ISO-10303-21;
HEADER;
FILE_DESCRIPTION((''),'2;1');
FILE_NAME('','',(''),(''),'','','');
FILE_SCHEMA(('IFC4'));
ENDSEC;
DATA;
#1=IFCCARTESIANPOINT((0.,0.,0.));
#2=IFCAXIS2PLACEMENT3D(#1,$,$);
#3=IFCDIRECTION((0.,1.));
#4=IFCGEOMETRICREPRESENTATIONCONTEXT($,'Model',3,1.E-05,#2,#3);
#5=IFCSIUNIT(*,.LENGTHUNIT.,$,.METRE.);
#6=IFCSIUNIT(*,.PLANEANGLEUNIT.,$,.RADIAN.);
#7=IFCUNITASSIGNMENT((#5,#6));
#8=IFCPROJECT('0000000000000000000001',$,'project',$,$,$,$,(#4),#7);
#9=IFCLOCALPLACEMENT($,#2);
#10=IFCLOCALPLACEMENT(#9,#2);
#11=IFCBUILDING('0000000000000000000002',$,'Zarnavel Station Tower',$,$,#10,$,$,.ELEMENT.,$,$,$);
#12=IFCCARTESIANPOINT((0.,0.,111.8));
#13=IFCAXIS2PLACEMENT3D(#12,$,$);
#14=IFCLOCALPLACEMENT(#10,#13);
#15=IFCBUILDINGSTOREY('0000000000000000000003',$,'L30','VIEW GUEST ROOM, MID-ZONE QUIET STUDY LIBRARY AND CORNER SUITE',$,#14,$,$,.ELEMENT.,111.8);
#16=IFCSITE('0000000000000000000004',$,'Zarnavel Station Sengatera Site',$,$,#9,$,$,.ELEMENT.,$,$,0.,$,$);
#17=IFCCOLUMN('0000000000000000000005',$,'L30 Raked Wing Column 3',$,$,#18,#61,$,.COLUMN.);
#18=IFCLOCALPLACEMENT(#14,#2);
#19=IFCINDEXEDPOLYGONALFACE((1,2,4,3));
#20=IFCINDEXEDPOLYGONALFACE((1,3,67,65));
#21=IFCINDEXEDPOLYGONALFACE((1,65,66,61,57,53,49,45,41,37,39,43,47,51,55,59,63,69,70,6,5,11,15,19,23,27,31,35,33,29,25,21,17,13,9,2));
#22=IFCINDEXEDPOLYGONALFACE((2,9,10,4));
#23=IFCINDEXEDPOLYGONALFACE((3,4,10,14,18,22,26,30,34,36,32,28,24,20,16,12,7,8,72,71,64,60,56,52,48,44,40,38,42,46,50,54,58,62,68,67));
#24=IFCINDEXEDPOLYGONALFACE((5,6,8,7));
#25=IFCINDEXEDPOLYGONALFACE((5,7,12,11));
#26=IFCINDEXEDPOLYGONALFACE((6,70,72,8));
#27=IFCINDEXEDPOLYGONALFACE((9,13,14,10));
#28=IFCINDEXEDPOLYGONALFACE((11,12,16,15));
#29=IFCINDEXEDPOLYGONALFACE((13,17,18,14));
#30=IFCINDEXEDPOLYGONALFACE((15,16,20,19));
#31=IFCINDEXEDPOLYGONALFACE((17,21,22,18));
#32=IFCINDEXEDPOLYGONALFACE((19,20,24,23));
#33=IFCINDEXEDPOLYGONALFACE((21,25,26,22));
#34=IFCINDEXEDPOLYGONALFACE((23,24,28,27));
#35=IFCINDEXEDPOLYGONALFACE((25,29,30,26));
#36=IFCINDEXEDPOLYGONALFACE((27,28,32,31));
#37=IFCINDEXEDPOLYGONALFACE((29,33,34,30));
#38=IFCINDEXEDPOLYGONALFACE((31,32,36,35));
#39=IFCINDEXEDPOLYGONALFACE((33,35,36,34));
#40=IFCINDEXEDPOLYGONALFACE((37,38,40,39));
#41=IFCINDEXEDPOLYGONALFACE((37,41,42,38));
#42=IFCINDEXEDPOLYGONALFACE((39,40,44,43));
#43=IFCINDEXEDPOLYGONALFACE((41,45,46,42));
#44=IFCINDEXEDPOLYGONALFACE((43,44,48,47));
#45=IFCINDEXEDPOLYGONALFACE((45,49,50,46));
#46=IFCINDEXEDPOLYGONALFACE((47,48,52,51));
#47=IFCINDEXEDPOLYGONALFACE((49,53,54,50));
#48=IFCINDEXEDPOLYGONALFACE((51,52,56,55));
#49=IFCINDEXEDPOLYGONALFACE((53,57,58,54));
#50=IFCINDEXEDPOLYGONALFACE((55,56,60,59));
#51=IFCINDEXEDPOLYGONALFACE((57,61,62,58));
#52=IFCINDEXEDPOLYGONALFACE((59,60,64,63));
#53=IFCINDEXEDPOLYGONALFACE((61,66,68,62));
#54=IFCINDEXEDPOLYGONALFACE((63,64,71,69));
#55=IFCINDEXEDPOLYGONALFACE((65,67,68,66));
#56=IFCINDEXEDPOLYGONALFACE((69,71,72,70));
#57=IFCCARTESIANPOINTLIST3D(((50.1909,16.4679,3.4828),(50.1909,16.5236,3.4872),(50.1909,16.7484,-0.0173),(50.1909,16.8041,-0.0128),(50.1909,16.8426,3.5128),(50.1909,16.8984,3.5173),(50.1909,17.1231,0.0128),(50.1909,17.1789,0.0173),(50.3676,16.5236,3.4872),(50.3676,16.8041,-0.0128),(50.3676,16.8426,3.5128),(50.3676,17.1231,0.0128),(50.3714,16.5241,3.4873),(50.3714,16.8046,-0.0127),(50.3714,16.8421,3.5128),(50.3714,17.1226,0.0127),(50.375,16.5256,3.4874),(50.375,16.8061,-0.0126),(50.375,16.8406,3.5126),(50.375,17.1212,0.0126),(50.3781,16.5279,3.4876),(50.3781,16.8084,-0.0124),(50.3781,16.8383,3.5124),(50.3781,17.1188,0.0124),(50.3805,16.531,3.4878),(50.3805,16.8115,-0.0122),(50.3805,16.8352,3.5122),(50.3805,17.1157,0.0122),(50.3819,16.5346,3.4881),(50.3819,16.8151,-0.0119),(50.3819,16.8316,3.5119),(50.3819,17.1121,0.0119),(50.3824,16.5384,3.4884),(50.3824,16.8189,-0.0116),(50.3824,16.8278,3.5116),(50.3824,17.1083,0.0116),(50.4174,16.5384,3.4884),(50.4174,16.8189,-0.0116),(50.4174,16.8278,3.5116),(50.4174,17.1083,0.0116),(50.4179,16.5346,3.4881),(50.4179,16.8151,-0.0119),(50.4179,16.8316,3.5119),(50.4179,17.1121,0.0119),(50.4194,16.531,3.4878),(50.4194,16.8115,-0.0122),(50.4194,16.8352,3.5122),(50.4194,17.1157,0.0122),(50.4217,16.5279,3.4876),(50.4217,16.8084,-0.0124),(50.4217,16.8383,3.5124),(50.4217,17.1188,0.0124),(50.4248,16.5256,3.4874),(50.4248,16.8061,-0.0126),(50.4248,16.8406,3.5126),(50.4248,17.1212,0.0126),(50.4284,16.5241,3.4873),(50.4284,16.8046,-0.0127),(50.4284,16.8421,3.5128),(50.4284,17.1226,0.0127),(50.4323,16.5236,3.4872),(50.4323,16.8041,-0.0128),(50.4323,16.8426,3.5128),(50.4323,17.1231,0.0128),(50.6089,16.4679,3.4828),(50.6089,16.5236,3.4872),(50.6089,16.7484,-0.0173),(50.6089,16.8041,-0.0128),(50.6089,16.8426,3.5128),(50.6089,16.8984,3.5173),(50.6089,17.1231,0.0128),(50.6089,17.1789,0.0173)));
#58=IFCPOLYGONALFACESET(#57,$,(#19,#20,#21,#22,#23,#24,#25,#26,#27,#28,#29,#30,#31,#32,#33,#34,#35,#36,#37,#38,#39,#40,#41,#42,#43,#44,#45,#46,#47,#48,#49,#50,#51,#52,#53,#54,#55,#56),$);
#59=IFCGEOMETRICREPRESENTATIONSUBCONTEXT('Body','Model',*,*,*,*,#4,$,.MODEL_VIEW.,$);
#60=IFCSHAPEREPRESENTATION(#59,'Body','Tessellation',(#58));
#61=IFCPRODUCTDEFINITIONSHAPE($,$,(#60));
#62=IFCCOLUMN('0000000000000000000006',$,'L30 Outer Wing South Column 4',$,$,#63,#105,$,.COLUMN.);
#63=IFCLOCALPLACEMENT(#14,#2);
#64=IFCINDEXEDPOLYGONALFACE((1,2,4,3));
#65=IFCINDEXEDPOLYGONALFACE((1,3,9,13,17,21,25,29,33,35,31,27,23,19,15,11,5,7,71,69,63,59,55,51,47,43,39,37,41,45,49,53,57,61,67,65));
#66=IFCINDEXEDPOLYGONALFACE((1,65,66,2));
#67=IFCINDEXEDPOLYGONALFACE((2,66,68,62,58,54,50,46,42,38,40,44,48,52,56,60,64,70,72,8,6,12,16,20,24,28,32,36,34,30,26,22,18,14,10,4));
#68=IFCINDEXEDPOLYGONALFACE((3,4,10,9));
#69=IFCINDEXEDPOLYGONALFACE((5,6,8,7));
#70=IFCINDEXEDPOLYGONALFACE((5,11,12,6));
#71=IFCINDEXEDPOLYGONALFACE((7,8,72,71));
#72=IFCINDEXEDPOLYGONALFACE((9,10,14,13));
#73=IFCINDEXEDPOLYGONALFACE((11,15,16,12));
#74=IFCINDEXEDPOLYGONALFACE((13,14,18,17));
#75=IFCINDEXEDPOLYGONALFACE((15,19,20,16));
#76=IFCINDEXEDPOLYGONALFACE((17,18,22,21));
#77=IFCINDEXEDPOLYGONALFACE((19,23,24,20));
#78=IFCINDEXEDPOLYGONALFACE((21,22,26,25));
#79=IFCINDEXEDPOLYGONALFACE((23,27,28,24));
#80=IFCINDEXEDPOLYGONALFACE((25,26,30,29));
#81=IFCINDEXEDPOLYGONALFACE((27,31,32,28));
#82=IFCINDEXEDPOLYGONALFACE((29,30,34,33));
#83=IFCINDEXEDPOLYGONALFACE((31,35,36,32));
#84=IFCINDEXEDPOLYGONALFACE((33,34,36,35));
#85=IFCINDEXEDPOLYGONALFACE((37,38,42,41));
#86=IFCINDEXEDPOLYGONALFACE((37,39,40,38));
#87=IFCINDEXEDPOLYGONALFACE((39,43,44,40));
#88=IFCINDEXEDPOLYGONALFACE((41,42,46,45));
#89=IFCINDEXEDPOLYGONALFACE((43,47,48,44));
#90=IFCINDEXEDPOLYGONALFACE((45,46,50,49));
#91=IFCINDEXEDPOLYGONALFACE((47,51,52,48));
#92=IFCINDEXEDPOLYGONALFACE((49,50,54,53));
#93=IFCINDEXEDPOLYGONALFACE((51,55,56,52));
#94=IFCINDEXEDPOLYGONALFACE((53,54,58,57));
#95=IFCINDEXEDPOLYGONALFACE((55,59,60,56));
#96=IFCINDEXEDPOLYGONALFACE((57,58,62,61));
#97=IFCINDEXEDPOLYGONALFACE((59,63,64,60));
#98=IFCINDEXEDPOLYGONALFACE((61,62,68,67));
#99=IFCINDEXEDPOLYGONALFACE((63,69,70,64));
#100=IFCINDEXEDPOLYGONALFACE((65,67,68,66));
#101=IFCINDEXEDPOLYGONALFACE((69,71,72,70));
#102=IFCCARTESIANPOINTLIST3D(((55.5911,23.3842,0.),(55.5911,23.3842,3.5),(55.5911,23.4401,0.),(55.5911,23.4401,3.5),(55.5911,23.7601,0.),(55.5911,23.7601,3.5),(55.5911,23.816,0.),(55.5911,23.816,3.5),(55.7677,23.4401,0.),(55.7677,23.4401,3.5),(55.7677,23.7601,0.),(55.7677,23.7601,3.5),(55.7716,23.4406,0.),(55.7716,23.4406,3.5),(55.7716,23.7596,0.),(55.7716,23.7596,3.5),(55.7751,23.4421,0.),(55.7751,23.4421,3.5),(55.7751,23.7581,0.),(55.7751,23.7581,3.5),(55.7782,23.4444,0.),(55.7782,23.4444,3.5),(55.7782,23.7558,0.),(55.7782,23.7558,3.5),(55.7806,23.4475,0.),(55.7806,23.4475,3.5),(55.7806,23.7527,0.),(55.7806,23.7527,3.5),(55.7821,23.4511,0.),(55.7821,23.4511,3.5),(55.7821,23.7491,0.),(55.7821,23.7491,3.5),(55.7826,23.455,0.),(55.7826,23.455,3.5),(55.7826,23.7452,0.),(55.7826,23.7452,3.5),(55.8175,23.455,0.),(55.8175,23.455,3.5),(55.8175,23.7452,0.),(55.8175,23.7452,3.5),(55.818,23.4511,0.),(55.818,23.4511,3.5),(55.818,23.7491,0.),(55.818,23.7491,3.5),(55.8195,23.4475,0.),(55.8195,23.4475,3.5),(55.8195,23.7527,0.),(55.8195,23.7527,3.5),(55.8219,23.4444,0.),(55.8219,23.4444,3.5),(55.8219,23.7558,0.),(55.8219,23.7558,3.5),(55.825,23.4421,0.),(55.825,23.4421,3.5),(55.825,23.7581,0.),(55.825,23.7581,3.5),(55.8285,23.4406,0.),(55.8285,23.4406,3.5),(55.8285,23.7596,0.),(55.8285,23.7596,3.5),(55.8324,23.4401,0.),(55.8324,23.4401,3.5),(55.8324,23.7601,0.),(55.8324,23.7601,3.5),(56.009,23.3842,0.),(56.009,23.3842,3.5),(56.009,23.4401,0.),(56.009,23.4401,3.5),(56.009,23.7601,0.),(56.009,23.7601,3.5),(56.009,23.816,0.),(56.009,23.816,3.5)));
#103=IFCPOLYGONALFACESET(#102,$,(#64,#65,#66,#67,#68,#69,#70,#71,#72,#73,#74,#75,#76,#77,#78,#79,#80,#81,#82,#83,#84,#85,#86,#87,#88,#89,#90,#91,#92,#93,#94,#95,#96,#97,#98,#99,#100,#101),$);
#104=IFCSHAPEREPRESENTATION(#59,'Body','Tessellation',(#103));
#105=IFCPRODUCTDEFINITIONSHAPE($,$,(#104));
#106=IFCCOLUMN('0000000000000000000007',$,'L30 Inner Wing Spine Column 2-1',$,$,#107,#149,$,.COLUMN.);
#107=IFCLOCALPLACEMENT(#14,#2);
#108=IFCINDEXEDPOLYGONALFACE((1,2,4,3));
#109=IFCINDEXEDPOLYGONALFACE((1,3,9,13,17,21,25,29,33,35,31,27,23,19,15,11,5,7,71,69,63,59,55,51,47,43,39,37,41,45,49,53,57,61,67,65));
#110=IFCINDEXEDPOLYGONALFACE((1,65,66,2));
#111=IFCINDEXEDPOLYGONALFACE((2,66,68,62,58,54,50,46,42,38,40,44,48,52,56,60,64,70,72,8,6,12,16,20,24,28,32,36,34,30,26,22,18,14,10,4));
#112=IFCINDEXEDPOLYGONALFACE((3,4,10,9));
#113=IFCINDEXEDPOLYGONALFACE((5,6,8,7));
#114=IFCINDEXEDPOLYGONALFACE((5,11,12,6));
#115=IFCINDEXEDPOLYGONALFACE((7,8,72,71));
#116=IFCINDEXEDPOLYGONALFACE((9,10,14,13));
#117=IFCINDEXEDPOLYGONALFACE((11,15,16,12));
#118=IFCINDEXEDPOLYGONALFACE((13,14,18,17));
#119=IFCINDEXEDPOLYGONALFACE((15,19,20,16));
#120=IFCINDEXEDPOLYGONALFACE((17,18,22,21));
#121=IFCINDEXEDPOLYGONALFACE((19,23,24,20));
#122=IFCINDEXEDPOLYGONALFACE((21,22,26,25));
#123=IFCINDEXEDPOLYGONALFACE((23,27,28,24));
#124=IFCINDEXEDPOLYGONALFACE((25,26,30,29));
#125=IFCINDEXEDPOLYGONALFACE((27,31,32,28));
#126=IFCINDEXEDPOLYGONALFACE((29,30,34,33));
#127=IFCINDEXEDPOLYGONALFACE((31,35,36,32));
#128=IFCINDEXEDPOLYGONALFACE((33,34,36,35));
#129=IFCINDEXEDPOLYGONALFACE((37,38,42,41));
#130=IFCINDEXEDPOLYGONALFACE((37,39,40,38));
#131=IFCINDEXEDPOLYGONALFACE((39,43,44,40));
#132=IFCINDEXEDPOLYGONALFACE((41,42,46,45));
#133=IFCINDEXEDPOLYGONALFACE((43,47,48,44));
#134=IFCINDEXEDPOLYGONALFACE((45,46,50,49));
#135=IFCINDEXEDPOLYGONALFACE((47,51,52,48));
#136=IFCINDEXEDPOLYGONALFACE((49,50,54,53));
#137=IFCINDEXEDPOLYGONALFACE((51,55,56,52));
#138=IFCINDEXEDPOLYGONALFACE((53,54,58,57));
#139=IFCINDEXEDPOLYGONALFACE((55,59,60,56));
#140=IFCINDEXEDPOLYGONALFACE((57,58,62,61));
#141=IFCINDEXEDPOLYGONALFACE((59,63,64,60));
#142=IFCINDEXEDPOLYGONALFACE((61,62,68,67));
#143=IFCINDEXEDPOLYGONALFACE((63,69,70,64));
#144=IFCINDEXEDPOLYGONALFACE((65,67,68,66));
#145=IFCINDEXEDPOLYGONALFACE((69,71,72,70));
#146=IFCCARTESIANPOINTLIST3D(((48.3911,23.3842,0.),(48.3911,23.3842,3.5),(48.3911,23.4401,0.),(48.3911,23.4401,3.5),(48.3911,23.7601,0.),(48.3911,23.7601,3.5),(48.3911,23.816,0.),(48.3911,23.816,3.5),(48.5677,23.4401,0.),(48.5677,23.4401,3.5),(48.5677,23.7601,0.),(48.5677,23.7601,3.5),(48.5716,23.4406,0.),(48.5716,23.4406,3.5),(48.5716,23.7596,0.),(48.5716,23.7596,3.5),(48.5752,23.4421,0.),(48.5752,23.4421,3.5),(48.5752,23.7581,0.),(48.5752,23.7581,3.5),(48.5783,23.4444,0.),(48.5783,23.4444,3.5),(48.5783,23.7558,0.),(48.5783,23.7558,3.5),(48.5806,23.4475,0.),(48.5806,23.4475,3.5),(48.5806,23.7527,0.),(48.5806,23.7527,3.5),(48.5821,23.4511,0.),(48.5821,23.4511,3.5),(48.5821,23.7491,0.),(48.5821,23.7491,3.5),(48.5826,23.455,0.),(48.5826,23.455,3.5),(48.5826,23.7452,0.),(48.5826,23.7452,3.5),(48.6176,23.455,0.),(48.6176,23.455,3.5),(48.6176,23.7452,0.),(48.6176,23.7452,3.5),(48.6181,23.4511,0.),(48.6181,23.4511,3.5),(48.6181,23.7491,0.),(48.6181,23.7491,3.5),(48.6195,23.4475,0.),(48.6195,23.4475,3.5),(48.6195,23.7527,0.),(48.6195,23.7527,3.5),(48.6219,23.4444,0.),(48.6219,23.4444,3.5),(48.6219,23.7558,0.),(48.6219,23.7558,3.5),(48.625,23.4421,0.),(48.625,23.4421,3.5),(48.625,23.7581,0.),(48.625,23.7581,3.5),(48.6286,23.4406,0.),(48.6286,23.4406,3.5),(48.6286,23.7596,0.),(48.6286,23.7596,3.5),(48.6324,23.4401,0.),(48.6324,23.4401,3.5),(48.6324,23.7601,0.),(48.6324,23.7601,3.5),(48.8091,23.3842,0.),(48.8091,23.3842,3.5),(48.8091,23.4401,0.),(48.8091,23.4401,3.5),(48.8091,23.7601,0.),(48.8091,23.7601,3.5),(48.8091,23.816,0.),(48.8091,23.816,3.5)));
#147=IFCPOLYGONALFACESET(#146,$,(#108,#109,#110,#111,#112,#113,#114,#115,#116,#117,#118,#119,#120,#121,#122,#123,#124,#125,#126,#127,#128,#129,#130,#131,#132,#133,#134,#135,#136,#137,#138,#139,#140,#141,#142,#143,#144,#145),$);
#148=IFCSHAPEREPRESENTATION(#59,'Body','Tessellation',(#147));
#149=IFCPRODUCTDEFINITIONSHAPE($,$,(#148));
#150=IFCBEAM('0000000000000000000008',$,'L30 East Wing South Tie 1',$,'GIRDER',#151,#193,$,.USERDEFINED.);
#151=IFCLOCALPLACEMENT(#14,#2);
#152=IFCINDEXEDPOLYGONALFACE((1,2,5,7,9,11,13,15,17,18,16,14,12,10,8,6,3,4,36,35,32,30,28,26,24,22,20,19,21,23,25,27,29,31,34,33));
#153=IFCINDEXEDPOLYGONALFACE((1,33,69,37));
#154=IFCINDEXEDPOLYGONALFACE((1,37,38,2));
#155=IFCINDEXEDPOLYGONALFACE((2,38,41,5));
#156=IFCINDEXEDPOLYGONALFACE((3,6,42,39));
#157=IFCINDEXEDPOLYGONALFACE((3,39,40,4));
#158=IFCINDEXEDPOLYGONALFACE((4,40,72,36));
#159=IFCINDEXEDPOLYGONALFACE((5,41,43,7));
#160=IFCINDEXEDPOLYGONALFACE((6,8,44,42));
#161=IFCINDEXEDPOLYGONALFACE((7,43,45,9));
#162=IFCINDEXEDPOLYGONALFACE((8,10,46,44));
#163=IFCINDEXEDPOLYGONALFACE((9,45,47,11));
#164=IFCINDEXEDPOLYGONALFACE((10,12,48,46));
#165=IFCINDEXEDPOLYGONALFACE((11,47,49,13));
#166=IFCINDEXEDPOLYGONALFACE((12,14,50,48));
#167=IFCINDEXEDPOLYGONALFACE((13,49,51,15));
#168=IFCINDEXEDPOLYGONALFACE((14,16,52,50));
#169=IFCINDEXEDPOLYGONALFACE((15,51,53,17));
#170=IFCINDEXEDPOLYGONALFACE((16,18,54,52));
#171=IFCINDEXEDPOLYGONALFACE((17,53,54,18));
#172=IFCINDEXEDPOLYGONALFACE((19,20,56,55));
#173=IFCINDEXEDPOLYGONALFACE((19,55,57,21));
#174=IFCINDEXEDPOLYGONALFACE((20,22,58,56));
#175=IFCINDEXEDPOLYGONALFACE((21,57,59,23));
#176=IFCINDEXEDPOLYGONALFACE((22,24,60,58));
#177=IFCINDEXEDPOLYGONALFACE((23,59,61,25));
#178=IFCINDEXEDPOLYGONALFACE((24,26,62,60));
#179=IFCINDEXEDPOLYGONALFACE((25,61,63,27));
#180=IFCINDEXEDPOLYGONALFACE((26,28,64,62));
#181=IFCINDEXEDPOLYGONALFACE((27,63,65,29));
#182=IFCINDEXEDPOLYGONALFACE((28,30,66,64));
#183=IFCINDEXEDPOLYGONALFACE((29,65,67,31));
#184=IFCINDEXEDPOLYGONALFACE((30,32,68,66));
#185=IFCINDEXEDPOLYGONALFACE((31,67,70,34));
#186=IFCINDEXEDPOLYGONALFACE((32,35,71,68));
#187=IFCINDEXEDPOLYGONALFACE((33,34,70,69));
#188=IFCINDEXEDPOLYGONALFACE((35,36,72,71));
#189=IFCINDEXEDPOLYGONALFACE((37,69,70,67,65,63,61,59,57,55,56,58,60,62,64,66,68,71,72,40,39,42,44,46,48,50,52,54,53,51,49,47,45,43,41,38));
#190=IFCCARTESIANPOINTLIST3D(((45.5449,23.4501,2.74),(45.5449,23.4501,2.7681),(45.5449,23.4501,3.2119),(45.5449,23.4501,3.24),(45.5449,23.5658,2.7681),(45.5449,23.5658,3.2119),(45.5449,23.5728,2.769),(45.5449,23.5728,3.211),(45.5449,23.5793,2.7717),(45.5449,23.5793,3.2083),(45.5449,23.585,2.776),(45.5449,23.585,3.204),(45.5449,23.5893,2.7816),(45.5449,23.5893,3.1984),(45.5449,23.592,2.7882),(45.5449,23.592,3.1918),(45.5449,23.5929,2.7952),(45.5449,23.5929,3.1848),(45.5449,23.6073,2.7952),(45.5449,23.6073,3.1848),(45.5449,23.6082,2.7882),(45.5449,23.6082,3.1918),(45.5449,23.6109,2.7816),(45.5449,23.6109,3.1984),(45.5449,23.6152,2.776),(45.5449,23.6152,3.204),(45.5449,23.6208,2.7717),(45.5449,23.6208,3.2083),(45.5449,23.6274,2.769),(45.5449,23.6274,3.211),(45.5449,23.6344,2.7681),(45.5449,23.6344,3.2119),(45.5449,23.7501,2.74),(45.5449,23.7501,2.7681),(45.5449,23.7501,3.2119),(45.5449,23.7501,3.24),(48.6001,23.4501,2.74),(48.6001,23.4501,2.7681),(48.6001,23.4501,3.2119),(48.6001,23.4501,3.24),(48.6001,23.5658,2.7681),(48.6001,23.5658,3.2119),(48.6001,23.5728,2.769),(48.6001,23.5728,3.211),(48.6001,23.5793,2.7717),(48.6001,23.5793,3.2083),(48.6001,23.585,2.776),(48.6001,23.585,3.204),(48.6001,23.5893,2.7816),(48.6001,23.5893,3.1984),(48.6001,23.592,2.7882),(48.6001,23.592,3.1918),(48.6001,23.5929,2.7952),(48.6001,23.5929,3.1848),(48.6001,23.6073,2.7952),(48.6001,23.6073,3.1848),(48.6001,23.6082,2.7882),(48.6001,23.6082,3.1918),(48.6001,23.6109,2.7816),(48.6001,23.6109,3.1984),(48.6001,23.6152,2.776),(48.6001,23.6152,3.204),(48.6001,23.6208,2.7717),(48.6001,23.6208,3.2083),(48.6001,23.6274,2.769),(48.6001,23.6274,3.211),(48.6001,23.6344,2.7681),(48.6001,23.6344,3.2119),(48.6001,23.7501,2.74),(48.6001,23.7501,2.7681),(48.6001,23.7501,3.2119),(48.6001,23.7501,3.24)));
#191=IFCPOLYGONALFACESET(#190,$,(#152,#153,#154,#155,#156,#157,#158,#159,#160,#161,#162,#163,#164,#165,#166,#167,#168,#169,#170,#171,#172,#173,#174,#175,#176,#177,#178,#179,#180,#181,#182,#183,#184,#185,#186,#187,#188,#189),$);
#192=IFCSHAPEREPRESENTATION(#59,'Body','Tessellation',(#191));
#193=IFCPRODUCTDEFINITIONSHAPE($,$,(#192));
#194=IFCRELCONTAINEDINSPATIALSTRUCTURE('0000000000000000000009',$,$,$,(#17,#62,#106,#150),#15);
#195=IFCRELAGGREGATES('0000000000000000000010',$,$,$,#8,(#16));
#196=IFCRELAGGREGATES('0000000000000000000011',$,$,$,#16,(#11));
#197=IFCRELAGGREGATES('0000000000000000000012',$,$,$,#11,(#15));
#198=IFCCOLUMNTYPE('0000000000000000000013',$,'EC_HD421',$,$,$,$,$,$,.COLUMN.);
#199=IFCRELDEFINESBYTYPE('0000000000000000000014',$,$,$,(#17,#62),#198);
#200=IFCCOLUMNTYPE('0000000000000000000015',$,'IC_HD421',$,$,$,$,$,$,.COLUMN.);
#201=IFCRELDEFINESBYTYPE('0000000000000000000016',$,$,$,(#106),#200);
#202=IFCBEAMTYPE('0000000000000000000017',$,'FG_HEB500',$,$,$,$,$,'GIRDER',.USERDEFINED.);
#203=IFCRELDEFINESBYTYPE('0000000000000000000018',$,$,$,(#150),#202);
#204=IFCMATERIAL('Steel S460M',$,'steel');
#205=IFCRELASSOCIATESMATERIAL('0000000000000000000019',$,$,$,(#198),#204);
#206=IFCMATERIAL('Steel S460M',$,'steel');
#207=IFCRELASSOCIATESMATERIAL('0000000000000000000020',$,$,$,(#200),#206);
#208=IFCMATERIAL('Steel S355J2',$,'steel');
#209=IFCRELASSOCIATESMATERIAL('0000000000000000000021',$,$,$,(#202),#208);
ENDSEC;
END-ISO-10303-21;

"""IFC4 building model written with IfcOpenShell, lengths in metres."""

from ifc_helpers import new_model, si_unit, direction, frame, origin, origin_2d, place, context, subcontext, project, spatial, i_section, extrude, material, material_profile, profile_set, type_object, element, save


model = new_model("IFC4")

# Units and contexts
model_context = context("Model", 3, precision=1e-05, world=origin(), true_north=direction((0.0, 1.0)))
body_context = subcontext(model_context, "Body", "Model", "MODEL_VIEW")
ifc_project = project(units=[si_unit("LENGTHUNIT", "METRE"), si_unit("PLANEANGLEUNIT", "RADIAN")], contexts=[model_context])

# Site, building, storey
site_placement = place(None, origin())
site = spatial("IfcSite", under=ifc_project, at=site_placement, Name="Zarnavel Station Sengatera Site", CompositionType="ELEMENT", RefElevation=0.0)
building_placement = place(site_placement, origin())
building = spatial("IfcBuilding", under=site, at=building_placement, Name="Zarnavel Station Tower", CompositionType="ELEMENT")
storey_placement = place(building_placement, frame((0.0, 0.0, 111.8)))
storey = spatial("IfcBuildingStorey", under=building, at=storey_placement, Name="L30", Description="VIEW GUEST ROOM, MID-ZONE QUIET STUDY LIBRARY AND CORNER SUITE", CompositionType="ELEMENT", Elevation=111.8)

# Columns
ifc_material_1 = material(Name="Steel S460M", Category="steel")
ifc_material_profile_1 = material_profile(ifc_material_1, i_section(OverallWidth=0.418, OverallDepth=0.4319, WebThickness=0.0349, FlangeThickness=0.0559, FilletRadius=0.0149, at=origin_2d()), Name="HD400x421")
ifc_profile_set_1 = profile_set([ifc_material_profile_1], Name="Steel S460M")
column_type_1 = type_object("IfcColumnType", Name="EC_HD421", PredefinedType="COLUMN", material=ifc_profile_set_1)
column_1_placement = place(storey_placement, frame((50.3999, 16.9636, 0.0), z_axis=(0.0, -0.079892, 0.996804), x_axis=(1.0, 0.0, 0.0)))
element("IfcColumn", 1, at=column_1_placement, inside=storey, type_object=column_type_1, Name="L30 Raked Wing Column 3", PredefinedType="COLUMN", context=body_context, shape_type="SweptSolid", body=[
    extrude(i_section(OverallWidth=0.418, OverallDepth=0.4319, WebThickness=0.0349, FlangeThickness=0.0559, FilletRadius=0.0149, at=origin_2d()), origin(), (0.0, 0.0, 1.0), 3.5112),
])
column_2_placement = place(storey_placement, frame((55.8, 23.6001, 0.0), z_axis=(0.0, 0.0, 1.0), x_axis=(1.0, 0.0, 0.0)))
element("IfcColumn", 2, at=column_2_placement, inside=storey, type_object=column_type_1, Name="L30 Outer Wing South Column 4", PredefinedType="COLUMN", context=body_context, shape_type="SweptSolid", body=[
    extrude(i_section(OverallWidth=0.418, OverallDepth=0.4319, WebThickness=0.0349, FlangeThickness=0.0559, FilletRadius=0.0149, at=origin_2d()), origin(), (0.0, 0.0, 1.0), 3.5),
])
ifc_material_2 = material(Name="Steel S460M", Category="steel")
ifc_material_profile_2 = material_profile(ifc_material_2, i_section(OverallWidth=0.418, OverallDepth=0.4319, WebThickness=0.0349, FlangeThickness=0.0559, FilletRadius=0.0149, at=origin_2d()), Name="HD400x421")
ifc_profile_set_2 = profile_set([ifc_material_profile_2], Name="Steel S460M")
column_type_2 = type_object("IfcColumnType", Name="IC_HD421", PredefinedType="COLUMN", material=ifc_profile_set_2)
column_3_placement = place(storey_placement, frame((48.6001, 23.6001, 0.0), z_axis=(0.0, 0.0, 1.0), x_axis=(1.0, 0.0, 0.0)))
element("IfcColumn", 3, at=column_3_placement, inside=storey, type_object=column_type_2, Name="L30 Inner Wing Spine Column 2-1", PredefinedType="COLUMN", context=body_context, shape_type="SweptSolid", body=[
    extrude(i_section(OverallWidth=0.418, OverallDepth=0.4319, WebThickness=0.0349, FlangeThickness=0.0559, FilletRadius=0.0149, at=origin_2d()), origin(), (0.0, 0.0, 1.0), 3.5),
])

# Beam
ifc_material_3 = material(Name="Steel S355J2", Category="steel")
ifc_material_profile_3 = material_profile(ifc_material_3, i_section(OverallWidth=0.3, OverallDepth=0.5, WebThickness=0.0144, FlangeThickness=0.0281, FilletRadius=0.0271, at=origin_2d()), Name="HEB500")
ifc_profile_set_3 = profile_set([ifc_material_profile_3], Name="Steel S355J2")
beam_type_1 = type_object("IfcBeamType", Name="FG_HEB500", ElementType="GIRDER", PredefinedType="USERDEFINED", material=ifc_profile_set_3)
beam_1_placement = place(storey_placement, frame((45.5449, 23.6001, 2.99), z_axis=(1.0, 0.0, 0.0), x_axis=(0.0, 1.0, 0.0)))
element("IfcBeam", 4, at=beam_1_placement, inside=storey, type_object=beam_type_1, Name="L30 East Wing South Tie 1", ObjectType="GIRDER", PredefinedType="USERDEFINED", context=body_context, shape_type="SweptSolid", body=[
    extrude(i_section(OverallWidth=0.3, OverallDepth=0.5, WebThickness=0.0144, FlangeThickness=0.0281, FilletRadius=0.0271, at=origin_2d()), origin(), (0.0, 0.0, 1.0), 3.0552),
])

save(model, "model.ifc")
